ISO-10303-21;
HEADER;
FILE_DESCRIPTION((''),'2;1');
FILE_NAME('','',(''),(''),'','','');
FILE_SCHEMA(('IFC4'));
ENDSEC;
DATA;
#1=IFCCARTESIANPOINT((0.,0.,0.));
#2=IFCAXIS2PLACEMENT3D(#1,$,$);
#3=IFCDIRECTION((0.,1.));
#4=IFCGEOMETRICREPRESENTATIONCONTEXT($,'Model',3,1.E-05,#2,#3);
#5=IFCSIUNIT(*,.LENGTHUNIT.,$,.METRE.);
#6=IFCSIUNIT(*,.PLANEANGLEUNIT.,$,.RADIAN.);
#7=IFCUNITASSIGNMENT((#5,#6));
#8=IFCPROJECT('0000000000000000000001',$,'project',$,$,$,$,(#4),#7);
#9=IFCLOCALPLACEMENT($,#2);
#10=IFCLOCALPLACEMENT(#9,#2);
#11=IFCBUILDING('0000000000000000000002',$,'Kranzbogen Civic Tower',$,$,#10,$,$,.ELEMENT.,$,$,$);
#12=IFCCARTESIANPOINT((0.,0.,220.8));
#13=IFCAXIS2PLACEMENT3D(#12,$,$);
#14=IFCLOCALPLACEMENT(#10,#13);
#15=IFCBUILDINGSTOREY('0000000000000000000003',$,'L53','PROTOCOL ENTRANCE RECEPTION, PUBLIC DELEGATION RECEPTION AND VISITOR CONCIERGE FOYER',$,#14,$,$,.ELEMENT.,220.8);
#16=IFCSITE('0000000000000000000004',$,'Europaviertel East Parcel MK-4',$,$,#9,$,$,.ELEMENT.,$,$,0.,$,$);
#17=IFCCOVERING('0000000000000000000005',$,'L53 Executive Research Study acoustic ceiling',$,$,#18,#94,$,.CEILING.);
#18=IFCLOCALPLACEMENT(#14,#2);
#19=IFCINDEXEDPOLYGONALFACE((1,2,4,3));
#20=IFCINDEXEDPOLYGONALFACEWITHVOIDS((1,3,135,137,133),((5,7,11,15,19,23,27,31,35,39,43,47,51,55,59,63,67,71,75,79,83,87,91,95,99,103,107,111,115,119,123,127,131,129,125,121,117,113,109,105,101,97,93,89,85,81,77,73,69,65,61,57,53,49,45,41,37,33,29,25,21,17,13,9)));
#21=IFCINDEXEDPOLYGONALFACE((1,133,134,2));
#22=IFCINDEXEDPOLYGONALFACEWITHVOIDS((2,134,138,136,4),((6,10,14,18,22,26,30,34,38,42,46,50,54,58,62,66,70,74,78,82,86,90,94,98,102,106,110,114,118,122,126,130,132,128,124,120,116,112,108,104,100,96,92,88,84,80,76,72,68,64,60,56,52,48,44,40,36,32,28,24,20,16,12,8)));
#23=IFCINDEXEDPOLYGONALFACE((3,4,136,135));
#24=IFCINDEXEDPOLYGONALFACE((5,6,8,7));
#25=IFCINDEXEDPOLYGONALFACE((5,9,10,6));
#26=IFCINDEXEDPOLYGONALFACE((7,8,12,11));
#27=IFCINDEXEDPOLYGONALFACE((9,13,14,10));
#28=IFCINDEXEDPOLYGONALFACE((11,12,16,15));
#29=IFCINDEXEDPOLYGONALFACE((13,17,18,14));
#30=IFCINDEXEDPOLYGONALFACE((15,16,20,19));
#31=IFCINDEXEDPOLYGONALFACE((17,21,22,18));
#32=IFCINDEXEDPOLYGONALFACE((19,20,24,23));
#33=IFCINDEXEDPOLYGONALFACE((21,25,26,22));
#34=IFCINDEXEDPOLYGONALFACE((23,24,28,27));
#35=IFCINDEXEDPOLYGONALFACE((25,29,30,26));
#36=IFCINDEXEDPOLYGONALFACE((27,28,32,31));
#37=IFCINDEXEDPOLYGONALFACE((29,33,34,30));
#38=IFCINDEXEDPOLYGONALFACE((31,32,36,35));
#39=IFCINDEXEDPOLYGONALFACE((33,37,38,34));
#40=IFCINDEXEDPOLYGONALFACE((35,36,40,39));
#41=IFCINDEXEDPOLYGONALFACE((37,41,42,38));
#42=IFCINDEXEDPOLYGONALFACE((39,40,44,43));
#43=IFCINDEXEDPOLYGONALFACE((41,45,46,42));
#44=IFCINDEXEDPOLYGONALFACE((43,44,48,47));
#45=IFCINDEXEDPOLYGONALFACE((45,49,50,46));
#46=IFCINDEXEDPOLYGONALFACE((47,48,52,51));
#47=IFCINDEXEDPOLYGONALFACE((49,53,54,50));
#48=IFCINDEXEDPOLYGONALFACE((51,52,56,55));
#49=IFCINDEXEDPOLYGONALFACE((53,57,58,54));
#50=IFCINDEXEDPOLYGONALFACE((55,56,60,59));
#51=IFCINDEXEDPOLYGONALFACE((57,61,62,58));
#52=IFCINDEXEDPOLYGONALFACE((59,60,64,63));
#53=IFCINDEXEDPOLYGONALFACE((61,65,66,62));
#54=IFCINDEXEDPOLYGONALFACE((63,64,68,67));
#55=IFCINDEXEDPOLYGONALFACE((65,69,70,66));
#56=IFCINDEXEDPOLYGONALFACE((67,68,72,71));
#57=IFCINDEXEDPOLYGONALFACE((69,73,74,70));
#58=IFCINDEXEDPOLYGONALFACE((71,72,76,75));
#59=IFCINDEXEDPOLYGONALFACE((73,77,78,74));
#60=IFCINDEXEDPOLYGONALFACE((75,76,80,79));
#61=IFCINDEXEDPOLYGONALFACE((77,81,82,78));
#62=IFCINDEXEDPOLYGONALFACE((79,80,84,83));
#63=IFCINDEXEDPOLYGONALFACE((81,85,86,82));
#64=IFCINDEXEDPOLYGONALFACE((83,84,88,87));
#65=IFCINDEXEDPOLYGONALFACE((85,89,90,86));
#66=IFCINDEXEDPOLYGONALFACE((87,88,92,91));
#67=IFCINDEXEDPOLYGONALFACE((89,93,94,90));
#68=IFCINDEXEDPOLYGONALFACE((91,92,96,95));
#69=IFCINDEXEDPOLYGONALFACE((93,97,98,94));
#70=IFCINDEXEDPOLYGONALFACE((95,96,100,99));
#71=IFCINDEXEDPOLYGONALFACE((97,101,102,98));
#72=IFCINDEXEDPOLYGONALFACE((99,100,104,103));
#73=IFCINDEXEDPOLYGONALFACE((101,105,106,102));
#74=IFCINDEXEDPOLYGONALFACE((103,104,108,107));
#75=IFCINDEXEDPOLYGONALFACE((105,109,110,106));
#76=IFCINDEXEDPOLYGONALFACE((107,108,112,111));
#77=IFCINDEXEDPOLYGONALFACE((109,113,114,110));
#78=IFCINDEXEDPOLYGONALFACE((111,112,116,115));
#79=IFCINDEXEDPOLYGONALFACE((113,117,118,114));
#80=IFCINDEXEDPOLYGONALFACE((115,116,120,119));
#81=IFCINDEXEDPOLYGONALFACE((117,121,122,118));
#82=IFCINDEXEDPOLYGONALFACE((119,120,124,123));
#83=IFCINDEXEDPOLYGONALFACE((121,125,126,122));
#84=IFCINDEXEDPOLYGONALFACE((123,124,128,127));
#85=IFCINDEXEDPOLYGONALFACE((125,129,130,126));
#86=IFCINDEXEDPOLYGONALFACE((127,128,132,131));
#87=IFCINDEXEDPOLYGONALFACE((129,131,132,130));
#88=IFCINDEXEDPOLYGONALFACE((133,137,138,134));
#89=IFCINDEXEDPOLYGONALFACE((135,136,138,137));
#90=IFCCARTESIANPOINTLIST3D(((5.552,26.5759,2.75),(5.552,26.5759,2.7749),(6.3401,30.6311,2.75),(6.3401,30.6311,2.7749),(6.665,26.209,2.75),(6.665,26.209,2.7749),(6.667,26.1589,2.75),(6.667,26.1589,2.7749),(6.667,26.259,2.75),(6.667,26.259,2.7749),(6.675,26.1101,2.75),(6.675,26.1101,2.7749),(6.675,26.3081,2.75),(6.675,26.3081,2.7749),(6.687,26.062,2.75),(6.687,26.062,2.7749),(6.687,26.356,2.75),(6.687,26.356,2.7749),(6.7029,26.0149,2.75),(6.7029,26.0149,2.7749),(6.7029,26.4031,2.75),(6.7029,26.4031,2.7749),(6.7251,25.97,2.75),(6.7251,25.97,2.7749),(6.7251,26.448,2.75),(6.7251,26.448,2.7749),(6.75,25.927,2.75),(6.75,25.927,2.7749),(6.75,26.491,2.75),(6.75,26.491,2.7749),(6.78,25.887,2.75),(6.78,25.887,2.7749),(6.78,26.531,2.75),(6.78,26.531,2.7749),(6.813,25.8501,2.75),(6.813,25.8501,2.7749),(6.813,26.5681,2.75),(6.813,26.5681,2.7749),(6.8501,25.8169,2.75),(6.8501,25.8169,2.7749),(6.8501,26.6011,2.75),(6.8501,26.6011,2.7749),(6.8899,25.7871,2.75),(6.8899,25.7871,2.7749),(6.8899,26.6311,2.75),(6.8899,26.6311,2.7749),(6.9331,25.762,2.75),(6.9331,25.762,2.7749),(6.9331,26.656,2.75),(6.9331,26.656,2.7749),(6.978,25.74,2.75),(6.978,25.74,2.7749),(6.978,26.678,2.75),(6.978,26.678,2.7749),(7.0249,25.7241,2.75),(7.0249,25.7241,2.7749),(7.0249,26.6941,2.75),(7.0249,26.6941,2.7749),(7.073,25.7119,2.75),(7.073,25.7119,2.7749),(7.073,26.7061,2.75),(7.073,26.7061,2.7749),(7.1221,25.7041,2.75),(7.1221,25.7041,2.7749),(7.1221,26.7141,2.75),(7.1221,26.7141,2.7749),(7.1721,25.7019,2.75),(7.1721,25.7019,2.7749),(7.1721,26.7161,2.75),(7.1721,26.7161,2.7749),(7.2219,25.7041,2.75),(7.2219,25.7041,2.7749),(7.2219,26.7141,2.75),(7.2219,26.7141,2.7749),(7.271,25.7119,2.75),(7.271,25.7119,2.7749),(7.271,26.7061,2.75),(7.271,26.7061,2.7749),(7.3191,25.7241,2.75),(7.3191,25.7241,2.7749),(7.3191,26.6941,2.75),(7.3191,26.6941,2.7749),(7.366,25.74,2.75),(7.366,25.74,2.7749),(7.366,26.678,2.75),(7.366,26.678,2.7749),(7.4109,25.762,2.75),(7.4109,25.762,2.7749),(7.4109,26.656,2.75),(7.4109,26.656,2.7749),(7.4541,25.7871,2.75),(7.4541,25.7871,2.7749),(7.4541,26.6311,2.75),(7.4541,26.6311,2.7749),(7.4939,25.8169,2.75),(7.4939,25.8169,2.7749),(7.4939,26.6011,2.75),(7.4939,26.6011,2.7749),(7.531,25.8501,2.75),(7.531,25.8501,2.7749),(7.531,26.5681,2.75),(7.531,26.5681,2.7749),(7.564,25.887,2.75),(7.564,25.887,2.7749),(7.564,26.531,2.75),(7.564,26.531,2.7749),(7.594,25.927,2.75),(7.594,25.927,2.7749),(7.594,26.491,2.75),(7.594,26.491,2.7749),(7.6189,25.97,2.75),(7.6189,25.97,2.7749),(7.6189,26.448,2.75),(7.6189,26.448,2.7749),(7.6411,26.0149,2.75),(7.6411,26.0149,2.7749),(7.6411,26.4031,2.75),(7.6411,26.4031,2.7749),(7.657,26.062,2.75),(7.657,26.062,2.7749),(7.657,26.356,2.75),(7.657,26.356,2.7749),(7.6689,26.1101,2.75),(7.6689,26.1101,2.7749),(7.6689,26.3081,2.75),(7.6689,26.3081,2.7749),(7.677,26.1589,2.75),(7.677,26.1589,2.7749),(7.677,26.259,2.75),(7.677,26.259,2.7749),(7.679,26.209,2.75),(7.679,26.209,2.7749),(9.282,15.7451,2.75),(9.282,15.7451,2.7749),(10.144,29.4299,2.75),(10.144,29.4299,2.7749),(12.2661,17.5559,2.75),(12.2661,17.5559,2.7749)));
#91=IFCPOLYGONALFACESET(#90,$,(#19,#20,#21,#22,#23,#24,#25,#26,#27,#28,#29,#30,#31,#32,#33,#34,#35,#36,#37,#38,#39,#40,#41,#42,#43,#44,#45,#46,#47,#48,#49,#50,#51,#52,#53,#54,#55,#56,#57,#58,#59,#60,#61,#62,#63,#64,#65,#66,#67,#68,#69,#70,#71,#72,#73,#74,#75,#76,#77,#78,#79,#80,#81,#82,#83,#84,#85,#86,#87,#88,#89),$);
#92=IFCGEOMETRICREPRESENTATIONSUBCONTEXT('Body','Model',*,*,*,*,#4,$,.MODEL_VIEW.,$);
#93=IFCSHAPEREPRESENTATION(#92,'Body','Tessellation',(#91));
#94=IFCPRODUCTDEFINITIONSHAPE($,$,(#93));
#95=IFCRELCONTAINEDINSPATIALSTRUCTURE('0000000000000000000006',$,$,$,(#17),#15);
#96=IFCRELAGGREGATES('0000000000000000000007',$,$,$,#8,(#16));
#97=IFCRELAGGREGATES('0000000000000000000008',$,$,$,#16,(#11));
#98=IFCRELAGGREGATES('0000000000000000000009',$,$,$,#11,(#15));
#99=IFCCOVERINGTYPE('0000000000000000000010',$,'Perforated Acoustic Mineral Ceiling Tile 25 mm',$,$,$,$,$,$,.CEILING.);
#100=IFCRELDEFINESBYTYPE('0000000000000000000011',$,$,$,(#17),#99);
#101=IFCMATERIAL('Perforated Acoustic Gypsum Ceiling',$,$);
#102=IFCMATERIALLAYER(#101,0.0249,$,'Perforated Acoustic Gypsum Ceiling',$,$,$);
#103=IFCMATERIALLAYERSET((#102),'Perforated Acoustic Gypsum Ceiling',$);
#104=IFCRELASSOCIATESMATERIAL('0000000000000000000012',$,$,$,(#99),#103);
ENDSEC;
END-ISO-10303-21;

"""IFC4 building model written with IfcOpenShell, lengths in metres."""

from ifc_helpers import new_model, si_unit, direction, frame, origin, place, context, subcontext, project, spatial, polyline, outline, extrude, material, layer, layer_set, type_object, element, save


model = new_model("IFC4")

# Units and contexts
model_context = context("Model", 3, precision=1e-05, world=origin(), true_north=direction((0.0, 1.0)))
body_context = subcontext(model_context, "Body", "Model", "MODEL_VIEW")
ifc_project = project(units=[si_unit("LENGTHUNIT", "METRE"), si_unit("PLANEANGLEUNIT", "RADIAN")], contexts=[model_context])

# Site, building, storey
site_placement = place(None, origin())
site = spatial("IfcSite", under=ifc_project, at=site_placement, Name="Europaviertel East Parcel MK-4", CompositionType="ELEMENT", RefElevation=0.0)
building_placement = place(site_placement, origin())
building = spatial("IfcBuilding", under=site, at=building_placement, Name="Kranzbogen Civic Tower", CompositionType="ELEMENT")
storey_placement = place(building_placement, frame((0.0, 0.0, 220.8)))
storey = spatial("IfcBuildingStorey", under=building, at=storey_placement, Name="L53", Description="PROTOCOL ENTRANCE RECEPTION, PUBLIC DELEGATION RECEPTION AND VISITOR CONCIERGE FOYER", CompositionType="ELEMENT", Elevation=220.8)

# Covering
ifc_material_1 = material(Name="Perforated Acoustic Gypsum Ceiling")
ifc_layer_1 = layer(ifc_material_1, 0.0249, Name="Perforated Acoustic Gypsum Ceiling")
ifc_layer_set_1 = layer_set([ifc_layer_1], Name="Perforated Acoustic Gypsum Ceiling")
covering_type_1 = type_object("IfcCoveringType", Name="Perforated Acoustic Mineral Ceiling Tile 25 mm", PredefinedType="CEILING", material=ifc_layer_set_1)
covering_1_placement = place(storey_placement, frame((0.0, 0.0, 2.75)))
element("IfcCovering", 1, at=covering_1_placement, inside=storey, type_object=covering_type_1, Name="L53 Executive Research Study acoustic ceiling", PredefinedType="CEILING", context=body_context, shape_type="SweptSolid", body=[
    extrude(outline(polyline([(10.144, 29.4299), (12.2661, 17.5559), (9.282, 15.7451), (5.552, 26.5759), (6.3401, 30.6311), (10.144, 29.4299)]), holes=[polyline([(7.6411, 26.0149), (7.6189, 25.97), (7.594, 25.927), (7.564, 25.887), (7.531, 25.8501), (7.4939, 25.8169), (7.4541, 25.7871), (7.4109, 25.762), (7.366, 25.74), (7.3191, 25.7241), (7.271, 25.7119), (7.2219, 25.7041), (7.1721, 25.7019), (7.1221, 25.7041), (7.073, 25.7119), (7.0249, 25.7241), (6.978, 25.74), (6.9331, 25.762), (6.8899, 25.7871), (6.8501, 25.8169), (6.813, 25.8501), (6.78, 25.887), (6.75, 25.927), (6.7251, 25.97), (6.7029, 26.0149), (6.687, 26.062), (6.675, 26.1101), (6.667, 26.1589), (6.665, 26.209), (6.667, 26.259), (6.675, 26.3081), (6.687, 26.356), (6.7029, 26.4031), (6.7251, 26.448), (6.75, 26.491), (6.78, 26.531), (6.813, 26.5681), (6.8501, 26.6011), (6.8899, 26.6311), (6.9331, 26.656), (6.978, 26.678), (7.0249, 26.6941), (7.073, 26.7061), (7.1221, 26.7141), (7.1721, 26.7161), (7.2219, 26.7141), (7.271, 26.7061), (7.3191, 26.6941), (7.366, 26.678), (7.4109, 26.656), (7.4541, 26.6311), (7.4939, 26.6011), (7.531, 26.5681), (7.564, 26.531), (7.594, 26.491), (7.6189, 26.448), (7.6411, 26.4031), (7.657, 26.356), (7.6689, 26.3081), (7.677, 26.259), (7.679, 26.209), (7.677, 26.1589), (7.6689, 26.1101), (7.657, 26.062), (7.6411, 26.0149)])]), origin(), (0.0, 0.0, 1.0), 0.0249),
])

save(model, "model.ifc")
